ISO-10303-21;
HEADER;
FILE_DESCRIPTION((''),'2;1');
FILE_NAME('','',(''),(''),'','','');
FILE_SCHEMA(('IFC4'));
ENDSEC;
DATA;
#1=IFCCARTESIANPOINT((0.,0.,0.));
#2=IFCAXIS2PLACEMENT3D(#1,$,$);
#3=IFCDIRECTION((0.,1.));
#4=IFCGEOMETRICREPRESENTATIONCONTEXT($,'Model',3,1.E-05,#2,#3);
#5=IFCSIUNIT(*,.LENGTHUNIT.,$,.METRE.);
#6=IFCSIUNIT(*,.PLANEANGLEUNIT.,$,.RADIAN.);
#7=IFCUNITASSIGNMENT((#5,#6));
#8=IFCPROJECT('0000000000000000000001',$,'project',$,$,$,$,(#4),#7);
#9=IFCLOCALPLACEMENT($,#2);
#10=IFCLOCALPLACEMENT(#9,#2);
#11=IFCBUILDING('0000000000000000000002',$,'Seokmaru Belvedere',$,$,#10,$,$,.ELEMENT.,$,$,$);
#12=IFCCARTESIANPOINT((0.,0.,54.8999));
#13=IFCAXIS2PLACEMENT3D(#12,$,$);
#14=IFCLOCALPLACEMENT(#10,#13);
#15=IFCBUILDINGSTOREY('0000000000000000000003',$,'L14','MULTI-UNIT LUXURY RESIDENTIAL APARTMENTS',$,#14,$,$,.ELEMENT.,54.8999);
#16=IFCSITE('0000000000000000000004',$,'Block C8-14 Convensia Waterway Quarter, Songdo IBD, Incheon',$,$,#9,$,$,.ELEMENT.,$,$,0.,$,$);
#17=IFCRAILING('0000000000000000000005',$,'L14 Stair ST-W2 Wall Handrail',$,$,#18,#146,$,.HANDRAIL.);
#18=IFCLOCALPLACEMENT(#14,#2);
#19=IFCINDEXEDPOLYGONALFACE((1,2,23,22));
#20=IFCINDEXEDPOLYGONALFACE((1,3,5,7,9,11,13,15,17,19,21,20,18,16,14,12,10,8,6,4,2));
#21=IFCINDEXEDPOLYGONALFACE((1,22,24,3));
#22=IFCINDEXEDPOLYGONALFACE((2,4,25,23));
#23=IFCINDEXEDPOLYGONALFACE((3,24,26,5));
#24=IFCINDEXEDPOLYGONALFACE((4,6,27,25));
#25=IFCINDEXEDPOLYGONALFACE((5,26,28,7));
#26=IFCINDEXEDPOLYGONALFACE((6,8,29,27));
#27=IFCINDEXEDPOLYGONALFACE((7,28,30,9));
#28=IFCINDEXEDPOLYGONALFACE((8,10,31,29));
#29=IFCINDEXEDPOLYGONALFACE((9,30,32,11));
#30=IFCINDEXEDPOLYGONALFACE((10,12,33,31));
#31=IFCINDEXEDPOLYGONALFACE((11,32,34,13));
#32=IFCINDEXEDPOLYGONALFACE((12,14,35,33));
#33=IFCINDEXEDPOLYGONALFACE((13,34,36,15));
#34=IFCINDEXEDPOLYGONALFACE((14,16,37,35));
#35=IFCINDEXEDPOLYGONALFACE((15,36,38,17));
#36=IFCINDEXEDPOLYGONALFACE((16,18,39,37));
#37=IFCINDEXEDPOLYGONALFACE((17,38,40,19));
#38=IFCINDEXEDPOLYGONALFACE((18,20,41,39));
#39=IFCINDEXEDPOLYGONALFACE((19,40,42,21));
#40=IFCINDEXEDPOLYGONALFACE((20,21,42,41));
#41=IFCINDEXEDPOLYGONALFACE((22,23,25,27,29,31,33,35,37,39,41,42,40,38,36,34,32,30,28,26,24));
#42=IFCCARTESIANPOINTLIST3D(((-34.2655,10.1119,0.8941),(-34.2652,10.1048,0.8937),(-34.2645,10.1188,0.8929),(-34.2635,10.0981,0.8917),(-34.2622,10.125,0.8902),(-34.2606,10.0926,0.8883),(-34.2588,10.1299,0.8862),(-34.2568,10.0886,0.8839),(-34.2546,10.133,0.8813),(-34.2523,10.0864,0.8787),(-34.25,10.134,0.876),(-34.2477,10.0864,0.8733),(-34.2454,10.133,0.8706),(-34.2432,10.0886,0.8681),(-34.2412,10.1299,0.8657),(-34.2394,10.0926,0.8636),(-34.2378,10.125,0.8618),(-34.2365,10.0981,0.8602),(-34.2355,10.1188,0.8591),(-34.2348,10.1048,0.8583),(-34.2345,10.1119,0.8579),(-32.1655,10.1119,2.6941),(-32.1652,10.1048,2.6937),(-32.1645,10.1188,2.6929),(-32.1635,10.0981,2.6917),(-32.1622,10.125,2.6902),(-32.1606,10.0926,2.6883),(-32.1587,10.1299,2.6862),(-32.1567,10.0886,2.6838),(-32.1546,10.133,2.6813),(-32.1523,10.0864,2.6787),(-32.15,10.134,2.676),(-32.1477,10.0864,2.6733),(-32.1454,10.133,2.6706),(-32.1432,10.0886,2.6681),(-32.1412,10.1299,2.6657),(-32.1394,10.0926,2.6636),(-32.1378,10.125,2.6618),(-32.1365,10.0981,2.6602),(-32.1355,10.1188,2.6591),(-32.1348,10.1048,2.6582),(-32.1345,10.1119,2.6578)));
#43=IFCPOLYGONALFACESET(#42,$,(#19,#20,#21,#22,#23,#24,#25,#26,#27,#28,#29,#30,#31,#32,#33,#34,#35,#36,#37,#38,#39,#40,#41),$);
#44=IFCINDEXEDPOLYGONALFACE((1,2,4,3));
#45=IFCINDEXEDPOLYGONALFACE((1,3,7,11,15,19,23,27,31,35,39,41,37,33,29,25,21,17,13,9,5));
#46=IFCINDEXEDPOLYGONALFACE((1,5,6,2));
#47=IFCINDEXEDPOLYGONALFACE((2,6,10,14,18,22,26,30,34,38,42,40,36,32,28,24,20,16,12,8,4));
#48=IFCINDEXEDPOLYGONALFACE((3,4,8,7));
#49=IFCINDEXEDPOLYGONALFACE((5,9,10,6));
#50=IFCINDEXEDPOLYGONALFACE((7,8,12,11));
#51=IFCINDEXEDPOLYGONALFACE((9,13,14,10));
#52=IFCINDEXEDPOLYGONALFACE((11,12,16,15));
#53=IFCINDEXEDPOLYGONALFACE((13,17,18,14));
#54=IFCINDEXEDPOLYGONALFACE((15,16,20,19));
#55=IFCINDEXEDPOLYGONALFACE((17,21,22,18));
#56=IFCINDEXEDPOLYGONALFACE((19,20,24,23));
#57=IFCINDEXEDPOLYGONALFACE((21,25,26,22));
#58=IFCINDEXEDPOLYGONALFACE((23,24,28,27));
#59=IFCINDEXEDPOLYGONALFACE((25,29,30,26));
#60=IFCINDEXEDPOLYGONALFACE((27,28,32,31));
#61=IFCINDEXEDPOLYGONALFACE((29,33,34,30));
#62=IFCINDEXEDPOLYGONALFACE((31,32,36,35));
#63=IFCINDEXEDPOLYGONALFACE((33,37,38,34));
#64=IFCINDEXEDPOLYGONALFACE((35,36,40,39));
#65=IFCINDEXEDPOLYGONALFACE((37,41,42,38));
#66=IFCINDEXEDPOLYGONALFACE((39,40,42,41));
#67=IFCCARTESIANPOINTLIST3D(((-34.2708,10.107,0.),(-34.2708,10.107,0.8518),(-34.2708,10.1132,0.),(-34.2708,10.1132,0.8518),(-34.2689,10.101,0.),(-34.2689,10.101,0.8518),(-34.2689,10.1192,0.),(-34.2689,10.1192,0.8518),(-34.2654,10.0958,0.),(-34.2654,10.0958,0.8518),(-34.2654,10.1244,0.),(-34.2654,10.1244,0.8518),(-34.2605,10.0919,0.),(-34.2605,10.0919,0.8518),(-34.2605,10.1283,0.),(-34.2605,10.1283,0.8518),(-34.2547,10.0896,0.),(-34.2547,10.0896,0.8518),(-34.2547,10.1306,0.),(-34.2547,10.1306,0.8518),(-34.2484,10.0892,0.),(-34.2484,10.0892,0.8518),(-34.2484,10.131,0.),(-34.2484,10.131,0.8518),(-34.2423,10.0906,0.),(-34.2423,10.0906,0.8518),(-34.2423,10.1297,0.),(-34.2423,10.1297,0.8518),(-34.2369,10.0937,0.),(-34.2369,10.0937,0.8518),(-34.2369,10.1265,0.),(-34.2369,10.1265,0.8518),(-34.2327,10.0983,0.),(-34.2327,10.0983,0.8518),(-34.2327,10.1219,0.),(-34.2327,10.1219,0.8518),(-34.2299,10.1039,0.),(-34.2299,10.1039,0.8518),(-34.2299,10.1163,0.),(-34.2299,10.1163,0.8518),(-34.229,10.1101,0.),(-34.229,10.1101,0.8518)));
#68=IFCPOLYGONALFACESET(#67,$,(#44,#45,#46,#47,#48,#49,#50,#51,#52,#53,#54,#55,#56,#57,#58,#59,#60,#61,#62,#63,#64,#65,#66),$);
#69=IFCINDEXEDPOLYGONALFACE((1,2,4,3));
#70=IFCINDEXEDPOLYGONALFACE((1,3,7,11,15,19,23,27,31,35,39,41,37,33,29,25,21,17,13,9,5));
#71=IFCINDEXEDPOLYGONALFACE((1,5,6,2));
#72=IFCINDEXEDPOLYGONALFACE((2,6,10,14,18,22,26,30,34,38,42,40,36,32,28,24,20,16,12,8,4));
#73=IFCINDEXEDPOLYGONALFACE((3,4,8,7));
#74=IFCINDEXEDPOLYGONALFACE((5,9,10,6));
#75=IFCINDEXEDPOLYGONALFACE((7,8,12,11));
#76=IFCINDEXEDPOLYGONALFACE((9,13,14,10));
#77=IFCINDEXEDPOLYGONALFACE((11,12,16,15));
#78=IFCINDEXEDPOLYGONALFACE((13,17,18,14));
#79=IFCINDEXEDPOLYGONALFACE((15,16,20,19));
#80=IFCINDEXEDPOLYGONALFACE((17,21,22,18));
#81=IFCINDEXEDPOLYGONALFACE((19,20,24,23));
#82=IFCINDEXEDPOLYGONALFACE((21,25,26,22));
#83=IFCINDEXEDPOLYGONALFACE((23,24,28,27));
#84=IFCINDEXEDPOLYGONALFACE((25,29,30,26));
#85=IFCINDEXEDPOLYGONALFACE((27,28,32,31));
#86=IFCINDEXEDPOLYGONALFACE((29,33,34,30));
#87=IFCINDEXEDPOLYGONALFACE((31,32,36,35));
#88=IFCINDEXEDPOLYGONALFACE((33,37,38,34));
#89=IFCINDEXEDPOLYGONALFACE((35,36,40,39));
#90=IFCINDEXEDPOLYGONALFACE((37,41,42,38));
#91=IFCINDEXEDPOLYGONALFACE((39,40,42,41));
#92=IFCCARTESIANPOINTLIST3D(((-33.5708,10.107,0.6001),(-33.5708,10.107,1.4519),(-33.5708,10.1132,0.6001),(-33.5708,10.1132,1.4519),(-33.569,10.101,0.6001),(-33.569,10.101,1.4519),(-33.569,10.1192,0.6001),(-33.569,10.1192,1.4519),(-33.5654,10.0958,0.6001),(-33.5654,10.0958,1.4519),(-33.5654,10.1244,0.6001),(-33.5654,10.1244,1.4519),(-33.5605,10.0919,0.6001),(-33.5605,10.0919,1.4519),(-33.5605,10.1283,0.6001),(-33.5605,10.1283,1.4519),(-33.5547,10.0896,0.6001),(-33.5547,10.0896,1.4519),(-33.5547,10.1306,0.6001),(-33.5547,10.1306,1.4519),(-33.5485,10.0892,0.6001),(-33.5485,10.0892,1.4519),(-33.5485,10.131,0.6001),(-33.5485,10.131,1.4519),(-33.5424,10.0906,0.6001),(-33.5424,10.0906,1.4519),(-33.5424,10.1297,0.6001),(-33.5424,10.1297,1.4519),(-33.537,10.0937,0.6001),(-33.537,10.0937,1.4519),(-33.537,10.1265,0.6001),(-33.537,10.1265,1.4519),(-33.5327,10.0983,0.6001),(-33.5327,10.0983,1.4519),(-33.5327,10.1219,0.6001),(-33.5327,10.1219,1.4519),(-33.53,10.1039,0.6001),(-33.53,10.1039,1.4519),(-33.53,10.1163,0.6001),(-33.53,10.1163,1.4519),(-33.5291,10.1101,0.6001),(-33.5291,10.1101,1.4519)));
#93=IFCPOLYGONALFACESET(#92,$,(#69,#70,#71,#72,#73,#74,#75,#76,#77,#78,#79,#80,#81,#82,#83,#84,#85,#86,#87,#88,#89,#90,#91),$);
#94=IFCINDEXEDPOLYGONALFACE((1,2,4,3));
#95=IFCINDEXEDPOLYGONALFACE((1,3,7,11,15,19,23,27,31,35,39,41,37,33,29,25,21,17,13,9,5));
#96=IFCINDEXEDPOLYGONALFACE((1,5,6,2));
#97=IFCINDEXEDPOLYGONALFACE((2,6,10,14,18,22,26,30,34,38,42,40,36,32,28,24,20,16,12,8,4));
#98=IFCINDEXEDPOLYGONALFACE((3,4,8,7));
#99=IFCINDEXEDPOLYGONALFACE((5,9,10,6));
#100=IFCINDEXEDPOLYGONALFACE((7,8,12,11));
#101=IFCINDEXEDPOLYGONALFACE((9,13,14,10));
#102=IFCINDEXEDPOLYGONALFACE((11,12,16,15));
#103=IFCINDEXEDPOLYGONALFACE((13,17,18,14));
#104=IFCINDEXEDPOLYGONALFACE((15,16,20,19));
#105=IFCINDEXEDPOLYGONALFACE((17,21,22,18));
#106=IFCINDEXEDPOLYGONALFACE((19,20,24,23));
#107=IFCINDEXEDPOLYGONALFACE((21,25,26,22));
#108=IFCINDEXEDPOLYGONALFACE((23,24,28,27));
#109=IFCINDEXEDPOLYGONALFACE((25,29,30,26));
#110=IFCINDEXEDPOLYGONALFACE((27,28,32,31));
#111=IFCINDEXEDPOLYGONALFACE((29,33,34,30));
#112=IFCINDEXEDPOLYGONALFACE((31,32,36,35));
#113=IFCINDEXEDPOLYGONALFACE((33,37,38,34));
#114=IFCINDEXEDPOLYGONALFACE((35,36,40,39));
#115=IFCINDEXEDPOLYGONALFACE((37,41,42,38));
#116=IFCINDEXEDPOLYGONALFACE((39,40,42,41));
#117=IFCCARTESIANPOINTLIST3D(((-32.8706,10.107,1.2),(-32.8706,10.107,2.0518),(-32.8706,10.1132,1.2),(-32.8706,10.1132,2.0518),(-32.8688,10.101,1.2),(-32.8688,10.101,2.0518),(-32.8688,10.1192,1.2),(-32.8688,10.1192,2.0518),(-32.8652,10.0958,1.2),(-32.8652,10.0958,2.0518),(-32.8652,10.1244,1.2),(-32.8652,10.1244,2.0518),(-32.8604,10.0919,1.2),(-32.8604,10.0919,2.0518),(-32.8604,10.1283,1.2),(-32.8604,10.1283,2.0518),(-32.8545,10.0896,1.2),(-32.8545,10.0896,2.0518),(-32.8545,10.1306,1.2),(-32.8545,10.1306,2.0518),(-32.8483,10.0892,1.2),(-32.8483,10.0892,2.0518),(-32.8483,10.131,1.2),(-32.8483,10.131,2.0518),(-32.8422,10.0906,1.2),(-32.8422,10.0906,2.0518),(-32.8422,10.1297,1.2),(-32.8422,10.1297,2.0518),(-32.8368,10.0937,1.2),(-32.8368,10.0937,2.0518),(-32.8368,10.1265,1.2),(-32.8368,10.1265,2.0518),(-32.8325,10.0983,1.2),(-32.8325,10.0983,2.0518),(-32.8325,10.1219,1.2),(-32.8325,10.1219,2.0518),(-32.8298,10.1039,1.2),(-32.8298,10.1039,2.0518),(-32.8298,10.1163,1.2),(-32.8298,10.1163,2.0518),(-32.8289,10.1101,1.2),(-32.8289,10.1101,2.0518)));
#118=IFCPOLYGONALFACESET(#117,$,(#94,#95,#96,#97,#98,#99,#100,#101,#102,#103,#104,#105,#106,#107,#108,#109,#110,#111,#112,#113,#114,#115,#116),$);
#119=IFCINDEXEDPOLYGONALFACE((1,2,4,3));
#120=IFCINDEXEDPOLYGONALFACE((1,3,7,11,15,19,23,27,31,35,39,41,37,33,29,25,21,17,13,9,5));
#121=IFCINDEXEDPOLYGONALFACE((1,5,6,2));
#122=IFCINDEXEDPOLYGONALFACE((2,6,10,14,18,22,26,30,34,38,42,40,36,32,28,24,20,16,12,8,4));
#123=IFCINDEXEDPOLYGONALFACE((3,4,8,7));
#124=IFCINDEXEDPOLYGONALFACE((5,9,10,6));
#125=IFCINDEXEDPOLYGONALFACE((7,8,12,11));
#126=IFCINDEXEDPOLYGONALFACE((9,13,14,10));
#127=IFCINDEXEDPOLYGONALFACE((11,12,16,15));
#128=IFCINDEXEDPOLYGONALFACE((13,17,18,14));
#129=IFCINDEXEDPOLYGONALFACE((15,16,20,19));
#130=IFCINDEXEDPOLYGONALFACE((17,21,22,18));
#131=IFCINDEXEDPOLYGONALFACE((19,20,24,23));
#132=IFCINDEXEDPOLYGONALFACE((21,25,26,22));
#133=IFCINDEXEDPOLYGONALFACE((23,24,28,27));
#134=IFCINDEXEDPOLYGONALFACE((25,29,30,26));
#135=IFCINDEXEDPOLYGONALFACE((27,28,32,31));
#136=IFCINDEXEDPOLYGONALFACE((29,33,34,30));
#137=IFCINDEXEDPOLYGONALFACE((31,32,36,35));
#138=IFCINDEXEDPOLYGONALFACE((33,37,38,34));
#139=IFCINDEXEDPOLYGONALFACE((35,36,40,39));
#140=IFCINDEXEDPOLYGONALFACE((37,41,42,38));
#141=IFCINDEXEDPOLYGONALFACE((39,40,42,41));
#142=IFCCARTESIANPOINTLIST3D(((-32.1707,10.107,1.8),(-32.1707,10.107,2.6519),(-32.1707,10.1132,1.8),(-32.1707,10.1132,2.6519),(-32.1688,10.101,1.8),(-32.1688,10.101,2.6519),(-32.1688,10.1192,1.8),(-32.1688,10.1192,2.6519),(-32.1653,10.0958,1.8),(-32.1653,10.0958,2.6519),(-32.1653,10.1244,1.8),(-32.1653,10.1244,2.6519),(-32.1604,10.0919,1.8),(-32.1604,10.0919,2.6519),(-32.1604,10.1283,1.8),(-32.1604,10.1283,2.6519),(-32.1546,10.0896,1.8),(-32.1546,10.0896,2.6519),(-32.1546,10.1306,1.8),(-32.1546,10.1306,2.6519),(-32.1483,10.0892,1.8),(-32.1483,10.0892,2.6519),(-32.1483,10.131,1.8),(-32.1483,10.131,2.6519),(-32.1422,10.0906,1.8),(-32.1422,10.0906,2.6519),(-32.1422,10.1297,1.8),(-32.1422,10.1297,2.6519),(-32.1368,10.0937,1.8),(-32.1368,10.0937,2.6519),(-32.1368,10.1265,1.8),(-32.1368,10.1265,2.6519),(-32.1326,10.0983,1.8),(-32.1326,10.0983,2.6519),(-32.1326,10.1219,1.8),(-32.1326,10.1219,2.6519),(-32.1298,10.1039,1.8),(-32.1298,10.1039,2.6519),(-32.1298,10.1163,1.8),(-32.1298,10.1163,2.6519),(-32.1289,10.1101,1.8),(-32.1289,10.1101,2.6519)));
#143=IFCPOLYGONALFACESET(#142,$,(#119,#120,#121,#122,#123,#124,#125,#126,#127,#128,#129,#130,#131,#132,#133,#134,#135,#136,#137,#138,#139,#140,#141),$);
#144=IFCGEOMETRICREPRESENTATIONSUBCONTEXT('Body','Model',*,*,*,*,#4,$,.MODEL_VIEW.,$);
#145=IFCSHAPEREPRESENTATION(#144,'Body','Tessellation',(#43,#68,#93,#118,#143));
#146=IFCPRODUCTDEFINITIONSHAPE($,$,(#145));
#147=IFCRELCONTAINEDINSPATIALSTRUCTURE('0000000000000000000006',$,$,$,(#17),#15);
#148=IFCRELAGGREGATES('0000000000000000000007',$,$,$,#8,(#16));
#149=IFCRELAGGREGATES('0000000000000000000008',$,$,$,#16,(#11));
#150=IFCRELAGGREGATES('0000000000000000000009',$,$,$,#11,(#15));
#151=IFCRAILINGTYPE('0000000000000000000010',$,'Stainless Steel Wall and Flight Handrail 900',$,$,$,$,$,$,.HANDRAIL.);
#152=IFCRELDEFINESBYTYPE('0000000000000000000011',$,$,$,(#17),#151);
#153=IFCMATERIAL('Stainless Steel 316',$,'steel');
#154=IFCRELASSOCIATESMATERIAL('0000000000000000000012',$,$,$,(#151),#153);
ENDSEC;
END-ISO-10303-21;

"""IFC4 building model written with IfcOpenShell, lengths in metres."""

from ifc_helpers import new_model, si_unit, direction, frame, origin, origin_2d, place, context, subcontext, project, spatial, circle, extrude, material, type_object, element, save


model = new_model("IFC4")

# Units and contexts
model_context = context("Model", 3, precision=1e-05, world=origin(), true_north=direction((0.0, 1.0)))
body_context = subcontext(model_context, "Body", "Model", "MODEL_VIEW")
ifc_project = project(units=[si_unit("LENGTHUNIT", "METRE"), si_unit("PLANEANGLEUNIT", "RADIAN")], contexts=[model_context])

# Site, building, storey
site_placement = place(None, origin())
site = spatial("IfcSite", under=ifc_project, at=site_placement, Name="Block C8-14 Convensia Waterway Quarter, Songdo IBD, Incheon", CompositionType="ELEMENT", RefElevation=0.0)
building_placement = place(site_placement, origin())
building = spatial("IfcBuilding", under=site, at=building_placement, Name="Seokmaru Belvedere", CompositionType="ELEMENT")
storey_placement = place(building_placement, frame((0.0, 0.0, 54.8999)))
storey = spatial("IfcBuildingStorey", under=building, at=storey_placement, Name="L14", Description="MULTI-UNIT LUXURY RESIDENTIAL APARTMENTS", CompositionType="ELEMENT", Elevation=54.8999)

# Railing
ifc_material_1 = material(Name="Stainless Steel 316", Category="steel")
railing_type_1 = type_object("IfcRailingType", Name="Stainless Steel Wall and Flight Handrail 900", PredefinedType="HANDRAIL", material=ifc_material_1)
railing_1_placement = place(storey_placement, frame((-34.25, 10.1101, 0.0)))
element("IfcRailing", 1, at=railing_1_placement, inside=storey, type_object=railing_type_1, Name="L14 Stair ST-W2 Wall Handrail", PredefinedType="HANDRAIL", context=body_context, shape_type="SweptSolid", body=[
    extrude(circle(Radius=0.0239, at=origin_2d()), frame((0.0, 0.0, 0.876), z_axis=(0.759263, 0.0, 0.650784), x_axis=(0.0, 1.0, 0.0)), (0.0, 0.0, 1.0), 2.7659),
    extrude(circle(Radius=0.021, at=origin_2d()), origin(), (0.0, 0.0, 1.0), 0.8518),
    extrude(circle(Radius=0.021, at=origin_2d()), frame((0.7, 0.0, 0.6001)), (0.0, 0.0, 1.0), 0.8518),
    extrude(circle(Radius=0.021, at=origin_2d()), frame((1.4001, 0.0, 1.2)), (0.0, 0.0, 1.0), 0.8518),
    extrude(circle(Radius=0.021, at=origin_2d()), frame((2.1001, 0.0, 1.8)), (0.0, 0.0, 1.0), 0.8518),
])

save(model, "model.ifc")
